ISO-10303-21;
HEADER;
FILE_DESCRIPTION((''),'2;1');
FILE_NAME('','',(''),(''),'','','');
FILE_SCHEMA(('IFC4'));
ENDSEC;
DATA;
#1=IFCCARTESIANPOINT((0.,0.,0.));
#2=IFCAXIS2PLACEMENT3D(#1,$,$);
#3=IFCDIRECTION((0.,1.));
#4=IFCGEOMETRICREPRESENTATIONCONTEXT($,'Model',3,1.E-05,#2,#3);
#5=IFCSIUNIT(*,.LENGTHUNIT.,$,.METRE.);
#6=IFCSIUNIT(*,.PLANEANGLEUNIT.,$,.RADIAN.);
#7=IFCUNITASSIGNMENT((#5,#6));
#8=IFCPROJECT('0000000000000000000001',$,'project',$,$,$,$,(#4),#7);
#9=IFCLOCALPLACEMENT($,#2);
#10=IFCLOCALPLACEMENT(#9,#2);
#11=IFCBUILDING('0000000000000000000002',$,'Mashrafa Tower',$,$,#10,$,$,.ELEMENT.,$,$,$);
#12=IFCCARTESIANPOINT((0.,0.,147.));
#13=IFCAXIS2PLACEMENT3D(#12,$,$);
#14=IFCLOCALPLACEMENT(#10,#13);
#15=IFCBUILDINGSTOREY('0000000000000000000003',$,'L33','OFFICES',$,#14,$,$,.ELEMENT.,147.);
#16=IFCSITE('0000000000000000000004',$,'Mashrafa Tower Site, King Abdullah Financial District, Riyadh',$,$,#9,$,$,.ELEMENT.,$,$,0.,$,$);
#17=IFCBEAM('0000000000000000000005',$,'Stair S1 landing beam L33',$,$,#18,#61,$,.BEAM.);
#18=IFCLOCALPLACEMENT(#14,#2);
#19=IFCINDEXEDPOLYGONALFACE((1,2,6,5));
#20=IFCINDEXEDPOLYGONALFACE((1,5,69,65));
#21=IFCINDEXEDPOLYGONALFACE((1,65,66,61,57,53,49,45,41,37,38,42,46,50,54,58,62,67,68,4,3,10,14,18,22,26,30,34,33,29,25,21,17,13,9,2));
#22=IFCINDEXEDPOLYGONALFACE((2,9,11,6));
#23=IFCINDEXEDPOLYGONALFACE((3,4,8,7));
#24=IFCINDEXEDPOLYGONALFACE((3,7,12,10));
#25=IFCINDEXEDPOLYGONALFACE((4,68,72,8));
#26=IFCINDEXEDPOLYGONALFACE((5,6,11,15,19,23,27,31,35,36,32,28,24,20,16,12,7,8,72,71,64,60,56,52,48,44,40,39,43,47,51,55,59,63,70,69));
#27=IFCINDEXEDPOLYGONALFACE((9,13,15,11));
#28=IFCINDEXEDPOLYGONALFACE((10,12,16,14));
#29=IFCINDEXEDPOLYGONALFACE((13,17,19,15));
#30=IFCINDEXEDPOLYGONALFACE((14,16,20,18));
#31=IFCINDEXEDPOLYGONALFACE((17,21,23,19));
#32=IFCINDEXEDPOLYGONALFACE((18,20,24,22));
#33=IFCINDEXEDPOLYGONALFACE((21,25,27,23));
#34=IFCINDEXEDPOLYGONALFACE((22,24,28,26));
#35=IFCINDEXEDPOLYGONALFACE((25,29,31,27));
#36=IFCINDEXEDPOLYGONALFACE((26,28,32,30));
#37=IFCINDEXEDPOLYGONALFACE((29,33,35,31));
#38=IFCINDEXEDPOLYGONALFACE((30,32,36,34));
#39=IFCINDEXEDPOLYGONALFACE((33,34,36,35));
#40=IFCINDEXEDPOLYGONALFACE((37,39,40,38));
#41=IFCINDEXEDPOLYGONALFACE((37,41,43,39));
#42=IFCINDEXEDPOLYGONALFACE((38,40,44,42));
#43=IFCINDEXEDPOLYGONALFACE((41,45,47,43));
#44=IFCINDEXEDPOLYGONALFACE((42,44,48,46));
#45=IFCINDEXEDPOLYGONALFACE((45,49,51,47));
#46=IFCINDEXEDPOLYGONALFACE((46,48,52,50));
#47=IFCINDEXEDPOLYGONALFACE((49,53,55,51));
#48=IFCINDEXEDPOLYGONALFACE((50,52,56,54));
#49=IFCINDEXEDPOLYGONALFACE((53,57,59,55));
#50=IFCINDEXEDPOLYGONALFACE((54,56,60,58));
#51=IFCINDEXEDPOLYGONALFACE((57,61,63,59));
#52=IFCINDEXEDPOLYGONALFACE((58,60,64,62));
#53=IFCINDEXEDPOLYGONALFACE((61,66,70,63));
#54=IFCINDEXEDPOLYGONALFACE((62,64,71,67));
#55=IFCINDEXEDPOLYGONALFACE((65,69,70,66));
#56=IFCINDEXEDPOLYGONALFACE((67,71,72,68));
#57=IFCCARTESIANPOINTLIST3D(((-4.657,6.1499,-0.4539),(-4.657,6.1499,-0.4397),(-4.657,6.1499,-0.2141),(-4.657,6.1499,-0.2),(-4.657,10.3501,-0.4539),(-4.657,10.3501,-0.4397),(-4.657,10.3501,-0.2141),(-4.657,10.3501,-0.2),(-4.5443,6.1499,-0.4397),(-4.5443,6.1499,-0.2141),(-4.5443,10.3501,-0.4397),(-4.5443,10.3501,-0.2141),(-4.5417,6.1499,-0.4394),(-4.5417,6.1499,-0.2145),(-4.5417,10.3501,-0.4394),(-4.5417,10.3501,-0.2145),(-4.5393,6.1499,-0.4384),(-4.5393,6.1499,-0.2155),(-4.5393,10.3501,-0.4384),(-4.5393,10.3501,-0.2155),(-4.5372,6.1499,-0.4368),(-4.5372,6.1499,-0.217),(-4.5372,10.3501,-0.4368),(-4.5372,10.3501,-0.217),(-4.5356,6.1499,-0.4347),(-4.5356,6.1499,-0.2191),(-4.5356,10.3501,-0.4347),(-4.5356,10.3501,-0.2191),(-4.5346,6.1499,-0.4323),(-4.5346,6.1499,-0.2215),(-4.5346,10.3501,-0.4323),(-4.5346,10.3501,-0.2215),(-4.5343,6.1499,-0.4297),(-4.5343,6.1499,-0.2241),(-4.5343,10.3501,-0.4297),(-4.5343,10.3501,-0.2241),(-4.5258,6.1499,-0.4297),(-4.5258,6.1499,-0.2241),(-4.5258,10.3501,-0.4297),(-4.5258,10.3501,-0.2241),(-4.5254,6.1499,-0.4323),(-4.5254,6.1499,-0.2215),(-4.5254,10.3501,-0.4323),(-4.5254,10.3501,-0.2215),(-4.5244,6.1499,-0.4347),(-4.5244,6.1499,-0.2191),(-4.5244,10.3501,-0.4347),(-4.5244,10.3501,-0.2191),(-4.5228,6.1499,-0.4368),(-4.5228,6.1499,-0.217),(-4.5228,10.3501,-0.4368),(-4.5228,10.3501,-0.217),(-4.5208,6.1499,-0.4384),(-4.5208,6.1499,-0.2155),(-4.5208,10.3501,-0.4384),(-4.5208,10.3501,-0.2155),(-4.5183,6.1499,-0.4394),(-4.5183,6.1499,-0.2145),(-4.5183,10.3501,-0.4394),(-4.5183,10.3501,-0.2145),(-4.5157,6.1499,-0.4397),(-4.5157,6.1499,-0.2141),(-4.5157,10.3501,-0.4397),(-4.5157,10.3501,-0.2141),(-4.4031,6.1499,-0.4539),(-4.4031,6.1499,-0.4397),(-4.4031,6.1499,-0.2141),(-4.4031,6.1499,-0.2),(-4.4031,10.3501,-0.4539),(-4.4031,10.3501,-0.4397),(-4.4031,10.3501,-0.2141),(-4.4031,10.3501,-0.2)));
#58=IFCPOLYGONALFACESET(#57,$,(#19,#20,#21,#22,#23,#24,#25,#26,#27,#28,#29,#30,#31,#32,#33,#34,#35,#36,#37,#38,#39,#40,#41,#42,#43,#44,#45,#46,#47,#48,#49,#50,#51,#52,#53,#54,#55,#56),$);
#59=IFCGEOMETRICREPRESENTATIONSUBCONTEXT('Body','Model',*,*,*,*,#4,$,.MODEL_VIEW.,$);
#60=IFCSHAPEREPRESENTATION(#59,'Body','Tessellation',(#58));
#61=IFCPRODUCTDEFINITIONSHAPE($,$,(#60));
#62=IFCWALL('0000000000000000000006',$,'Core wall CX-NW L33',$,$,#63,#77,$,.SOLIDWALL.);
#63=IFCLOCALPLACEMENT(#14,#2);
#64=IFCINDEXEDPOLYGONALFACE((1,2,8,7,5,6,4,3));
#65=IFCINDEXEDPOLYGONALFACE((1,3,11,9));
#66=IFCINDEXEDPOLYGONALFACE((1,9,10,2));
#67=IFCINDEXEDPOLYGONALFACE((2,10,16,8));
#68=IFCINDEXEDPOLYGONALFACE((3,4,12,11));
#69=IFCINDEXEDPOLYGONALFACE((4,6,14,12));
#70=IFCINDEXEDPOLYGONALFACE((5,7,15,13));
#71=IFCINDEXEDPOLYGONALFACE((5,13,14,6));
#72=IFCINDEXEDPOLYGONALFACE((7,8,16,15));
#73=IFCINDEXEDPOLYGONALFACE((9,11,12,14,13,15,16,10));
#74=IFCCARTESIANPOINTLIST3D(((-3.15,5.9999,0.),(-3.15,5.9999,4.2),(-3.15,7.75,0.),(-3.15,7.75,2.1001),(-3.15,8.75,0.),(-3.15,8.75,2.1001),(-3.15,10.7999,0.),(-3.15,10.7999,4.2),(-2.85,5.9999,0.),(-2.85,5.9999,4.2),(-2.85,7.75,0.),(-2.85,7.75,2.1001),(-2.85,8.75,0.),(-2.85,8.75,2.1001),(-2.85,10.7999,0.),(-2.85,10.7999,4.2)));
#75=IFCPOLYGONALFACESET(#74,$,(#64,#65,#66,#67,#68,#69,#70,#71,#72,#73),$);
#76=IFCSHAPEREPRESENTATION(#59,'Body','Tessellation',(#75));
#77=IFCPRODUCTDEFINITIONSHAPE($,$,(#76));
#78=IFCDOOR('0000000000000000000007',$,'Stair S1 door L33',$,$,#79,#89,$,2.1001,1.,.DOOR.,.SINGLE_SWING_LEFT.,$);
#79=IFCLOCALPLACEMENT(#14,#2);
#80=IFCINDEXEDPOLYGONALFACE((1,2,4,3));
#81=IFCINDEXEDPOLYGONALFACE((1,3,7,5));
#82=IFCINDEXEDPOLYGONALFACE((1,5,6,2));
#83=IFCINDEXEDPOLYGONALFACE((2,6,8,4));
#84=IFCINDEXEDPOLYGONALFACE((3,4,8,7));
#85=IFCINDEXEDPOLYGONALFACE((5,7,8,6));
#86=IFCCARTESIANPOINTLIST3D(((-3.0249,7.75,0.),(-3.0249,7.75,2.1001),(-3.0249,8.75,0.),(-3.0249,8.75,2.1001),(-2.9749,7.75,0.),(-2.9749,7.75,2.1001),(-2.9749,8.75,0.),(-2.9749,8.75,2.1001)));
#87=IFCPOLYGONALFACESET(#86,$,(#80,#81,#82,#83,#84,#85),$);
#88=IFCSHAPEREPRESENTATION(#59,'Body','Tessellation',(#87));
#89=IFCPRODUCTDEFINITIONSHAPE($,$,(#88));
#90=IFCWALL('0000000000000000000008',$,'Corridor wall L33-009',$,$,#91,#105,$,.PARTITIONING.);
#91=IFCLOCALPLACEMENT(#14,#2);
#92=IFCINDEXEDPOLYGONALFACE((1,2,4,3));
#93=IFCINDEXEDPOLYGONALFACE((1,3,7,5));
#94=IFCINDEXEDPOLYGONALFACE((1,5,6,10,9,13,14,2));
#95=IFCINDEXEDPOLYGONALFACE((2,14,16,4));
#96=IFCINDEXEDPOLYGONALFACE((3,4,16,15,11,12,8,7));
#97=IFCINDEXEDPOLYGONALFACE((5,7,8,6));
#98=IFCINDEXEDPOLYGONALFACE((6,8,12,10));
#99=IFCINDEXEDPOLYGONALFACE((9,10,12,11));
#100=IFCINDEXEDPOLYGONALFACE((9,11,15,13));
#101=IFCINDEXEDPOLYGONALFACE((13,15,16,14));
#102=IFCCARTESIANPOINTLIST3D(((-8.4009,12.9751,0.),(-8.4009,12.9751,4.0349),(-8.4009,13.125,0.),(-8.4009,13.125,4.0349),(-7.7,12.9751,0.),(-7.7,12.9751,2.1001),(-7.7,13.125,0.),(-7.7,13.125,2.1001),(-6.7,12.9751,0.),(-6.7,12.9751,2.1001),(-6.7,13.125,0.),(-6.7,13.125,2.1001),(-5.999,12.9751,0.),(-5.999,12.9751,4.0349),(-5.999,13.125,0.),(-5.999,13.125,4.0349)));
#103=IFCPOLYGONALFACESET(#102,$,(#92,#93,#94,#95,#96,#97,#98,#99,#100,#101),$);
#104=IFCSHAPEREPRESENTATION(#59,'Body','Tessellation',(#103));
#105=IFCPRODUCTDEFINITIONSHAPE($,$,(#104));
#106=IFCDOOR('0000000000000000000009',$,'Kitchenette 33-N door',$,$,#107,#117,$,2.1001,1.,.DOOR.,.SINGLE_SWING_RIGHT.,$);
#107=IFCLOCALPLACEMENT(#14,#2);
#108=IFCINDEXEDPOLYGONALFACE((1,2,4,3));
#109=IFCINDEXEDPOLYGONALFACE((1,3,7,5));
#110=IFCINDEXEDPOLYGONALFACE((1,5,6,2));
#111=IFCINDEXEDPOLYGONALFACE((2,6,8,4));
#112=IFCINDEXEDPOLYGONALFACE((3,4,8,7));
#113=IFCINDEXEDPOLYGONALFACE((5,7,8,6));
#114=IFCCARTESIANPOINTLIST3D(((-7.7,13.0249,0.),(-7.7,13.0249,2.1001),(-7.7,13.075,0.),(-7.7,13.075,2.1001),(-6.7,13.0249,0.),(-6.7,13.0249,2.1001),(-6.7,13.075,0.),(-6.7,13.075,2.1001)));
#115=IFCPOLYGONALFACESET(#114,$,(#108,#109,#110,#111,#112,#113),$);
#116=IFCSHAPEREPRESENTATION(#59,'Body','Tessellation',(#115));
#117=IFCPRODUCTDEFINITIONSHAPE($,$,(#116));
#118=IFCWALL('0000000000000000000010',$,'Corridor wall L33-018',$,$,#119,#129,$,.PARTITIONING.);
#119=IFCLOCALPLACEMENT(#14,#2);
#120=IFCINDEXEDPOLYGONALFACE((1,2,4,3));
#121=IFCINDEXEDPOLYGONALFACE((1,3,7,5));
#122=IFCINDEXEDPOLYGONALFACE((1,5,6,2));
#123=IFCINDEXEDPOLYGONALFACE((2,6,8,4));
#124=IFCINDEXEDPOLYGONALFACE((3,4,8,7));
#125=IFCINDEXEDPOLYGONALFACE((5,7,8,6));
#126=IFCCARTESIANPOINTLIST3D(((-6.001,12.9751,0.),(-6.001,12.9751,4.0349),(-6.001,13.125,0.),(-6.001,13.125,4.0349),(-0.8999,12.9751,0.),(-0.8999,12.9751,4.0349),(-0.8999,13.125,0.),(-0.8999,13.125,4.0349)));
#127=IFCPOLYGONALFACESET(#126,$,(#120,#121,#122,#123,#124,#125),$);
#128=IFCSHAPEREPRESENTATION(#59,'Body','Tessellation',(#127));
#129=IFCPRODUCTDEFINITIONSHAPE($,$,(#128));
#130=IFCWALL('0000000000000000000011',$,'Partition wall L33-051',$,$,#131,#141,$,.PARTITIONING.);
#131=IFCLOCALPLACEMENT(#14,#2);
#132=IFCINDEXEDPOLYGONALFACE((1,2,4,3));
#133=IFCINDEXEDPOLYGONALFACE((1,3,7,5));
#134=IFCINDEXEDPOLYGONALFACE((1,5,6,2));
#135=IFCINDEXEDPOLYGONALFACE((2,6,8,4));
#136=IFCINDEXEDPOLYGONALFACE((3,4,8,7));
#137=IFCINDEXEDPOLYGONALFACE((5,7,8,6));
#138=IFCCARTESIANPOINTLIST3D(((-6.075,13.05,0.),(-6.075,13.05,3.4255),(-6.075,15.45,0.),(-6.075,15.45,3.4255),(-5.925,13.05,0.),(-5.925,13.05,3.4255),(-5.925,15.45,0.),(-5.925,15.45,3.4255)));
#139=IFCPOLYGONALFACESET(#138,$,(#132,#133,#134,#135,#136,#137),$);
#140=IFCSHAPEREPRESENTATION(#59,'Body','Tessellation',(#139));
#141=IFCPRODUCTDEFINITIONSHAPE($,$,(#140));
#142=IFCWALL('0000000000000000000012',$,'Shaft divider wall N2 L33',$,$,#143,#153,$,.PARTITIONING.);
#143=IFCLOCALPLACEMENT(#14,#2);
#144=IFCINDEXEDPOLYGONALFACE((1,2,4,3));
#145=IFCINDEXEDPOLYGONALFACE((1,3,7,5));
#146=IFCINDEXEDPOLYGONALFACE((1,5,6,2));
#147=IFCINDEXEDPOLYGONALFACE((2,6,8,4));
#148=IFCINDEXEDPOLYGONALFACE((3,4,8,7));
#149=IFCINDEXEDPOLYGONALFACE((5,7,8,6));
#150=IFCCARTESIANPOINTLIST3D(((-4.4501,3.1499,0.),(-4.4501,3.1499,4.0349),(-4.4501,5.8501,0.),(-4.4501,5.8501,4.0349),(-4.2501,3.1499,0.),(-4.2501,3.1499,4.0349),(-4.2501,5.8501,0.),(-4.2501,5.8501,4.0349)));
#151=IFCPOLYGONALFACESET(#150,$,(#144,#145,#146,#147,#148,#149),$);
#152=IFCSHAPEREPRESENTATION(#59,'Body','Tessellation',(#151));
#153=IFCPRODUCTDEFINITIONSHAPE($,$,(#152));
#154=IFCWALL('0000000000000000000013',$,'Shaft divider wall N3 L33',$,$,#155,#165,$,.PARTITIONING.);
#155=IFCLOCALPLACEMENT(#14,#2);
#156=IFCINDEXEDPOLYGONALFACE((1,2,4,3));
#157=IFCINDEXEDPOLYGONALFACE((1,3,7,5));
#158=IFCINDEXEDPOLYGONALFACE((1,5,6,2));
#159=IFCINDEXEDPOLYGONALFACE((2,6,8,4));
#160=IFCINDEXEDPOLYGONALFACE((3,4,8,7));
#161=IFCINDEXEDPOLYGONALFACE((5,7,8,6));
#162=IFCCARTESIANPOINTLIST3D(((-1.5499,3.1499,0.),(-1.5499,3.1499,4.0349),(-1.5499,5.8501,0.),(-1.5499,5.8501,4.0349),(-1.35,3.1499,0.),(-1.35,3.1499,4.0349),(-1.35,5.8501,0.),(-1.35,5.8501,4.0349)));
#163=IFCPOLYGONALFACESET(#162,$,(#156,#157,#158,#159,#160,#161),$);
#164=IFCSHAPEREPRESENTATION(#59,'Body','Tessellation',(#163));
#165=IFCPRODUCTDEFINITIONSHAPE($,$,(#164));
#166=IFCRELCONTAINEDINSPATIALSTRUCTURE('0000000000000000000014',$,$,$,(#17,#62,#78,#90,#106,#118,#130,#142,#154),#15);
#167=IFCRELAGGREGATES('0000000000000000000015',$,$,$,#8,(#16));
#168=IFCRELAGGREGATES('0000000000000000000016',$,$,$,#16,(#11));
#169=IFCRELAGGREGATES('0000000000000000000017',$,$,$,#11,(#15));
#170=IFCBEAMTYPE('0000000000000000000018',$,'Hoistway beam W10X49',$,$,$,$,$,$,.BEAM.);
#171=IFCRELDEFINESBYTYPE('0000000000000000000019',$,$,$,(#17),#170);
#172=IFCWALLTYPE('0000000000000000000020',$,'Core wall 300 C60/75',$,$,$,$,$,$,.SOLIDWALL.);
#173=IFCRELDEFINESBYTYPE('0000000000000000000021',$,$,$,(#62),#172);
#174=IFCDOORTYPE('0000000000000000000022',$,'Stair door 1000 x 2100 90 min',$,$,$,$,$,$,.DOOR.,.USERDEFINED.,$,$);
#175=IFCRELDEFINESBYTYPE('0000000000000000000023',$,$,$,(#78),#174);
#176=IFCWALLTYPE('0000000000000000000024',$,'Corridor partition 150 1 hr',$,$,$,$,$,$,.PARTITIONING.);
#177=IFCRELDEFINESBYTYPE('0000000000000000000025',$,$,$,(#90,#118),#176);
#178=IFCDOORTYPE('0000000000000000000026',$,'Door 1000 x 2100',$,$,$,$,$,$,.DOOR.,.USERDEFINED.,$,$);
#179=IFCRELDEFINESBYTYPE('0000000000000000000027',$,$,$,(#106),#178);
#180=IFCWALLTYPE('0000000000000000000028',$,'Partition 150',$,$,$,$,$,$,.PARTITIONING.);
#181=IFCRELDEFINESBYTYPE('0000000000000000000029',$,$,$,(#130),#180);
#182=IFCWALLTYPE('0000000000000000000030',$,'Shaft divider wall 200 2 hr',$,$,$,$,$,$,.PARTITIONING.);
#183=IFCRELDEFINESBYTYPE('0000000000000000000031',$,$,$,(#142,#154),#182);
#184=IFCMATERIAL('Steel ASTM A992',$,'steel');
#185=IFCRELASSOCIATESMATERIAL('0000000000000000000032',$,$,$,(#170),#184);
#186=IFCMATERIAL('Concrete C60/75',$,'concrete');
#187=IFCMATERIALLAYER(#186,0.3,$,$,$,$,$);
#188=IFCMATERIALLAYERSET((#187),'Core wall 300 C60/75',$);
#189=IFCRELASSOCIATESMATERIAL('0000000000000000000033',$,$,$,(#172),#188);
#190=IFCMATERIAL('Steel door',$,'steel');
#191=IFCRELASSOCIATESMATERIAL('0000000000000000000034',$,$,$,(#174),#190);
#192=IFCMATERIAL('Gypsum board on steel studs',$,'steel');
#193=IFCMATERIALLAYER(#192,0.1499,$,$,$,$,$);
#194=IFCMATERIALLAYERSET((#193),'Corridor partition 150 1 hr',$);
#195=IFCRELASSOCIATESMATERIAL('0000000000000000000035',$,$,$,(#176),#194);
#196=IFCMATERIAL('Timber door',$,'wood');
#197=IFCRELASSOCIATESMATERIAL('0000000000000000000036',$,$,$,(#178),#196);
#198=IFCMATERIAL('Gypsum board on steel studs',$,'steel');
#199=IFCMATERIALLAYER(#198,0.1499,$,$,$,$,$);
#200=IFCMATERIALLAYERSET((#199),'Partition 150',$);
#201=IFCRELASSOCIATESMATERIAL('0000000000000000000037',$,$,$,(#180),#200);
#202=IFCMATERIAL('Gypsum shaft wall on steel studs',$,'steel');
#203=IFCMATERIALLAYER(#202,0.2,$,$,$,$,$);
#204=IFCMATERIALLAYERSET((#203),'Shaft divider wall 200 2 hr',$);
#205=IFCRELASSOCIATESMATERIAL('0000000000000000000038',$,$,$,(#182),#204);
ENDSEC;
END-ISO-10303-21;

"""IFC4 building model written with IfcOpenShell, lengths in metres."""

from ifc_helpers import new_model, si_unit, direction, frame, frame_2d, origin, origin_2d, place, context, subcontext, project, spatial, rectangle, i_section, extrude, material, layer, layer_set, material_profile, profile_set, type_object, element, fill, save


model = new_model("IFC4")

# Units and contexts
model_context = context("Model", 3, precision=1e-05, world=origin(), true_north=direction((0.0, 1.0)))
body_context = subcontext(model_context, "Body", "Model", "MODEL_VIEW")
ifc_project = project(units=[si_unit("LENGTHUNIT", "METRE"), si_unit("PLANEANGLEUNIT", "RADIAN")], contexts=[model_context])

# Site, building, storey
site_placement = place(None, origin())
site = spatial("IfcSite", under=ifc_project, at=site_placement, Name="Mashrafa Tower Site, King Abdullah Financial District, Riyadh", CompositionType="ELEMENT", RefElevation=0.0)
building_placement = place(site_placement, origin())
building = spatial("IfcBuilding", under=site, at=building_placement, Name="Mashrafa Tower", CompositionType="ELEMENT")
storey_placement = place(building_placement, frame((0.0, 0.0, 147.0)))
storey = spatial("IfcBuildingStorey", under=building, at=storey_placement, Name="L33", Description="OFFICES", CompositionType="ELEMENT", Elevation=147.0)

# Beam
ifc_material_1 = material(Name="Steel ASTM A992", Category="steel")
ifc_material_profile = material_profile(ifc_material_1, i_section(OverallWidth=0.2539, OverallDepth=0.2539, WebThickness=0.0085, FlangeThickness=0.0142, FilletRadius=0.01, at=origin_2d()), Name="W10X49")
ifc_profile_set = profile_set([ifc_material_profile], Name="Steel ASTM A992")
beam_type = type_object("IfcBeamType", Name="Hoistway beam W10X49", PredefinedType="BEAM", material=ifc_profile_set)
beam_placement = place(storey_placement, frame((-4.53, 6.1499, -0.3269), z_axis=(0.0, 1.0, 0.0), x_axis=(-1.0, 0.0, 0.0)))
element("IfcBeam", 1, at=beam_placement, inside=storey, type_object=beam_type, Name="Stair S1 landing beam L33", PredefinedType="BEAM", context=body_context, shape_type="SweptSolid", body=[
    extrude(i_section(OverallWidth=0.2539, OverallDepth=0.2539, WebThickness=0.0085, FlangeThickness=0.0142, FilletRadius=0.01, at=origin_2d()), origin(), (0.0, 0.0, 1.0), 4.2002),
])

# Walls, openings, doors
ifc_material_2 = material(Name="Concrete C60/75", Category="concrete")
ifc_layer_1 = layer(ifc_material_2, 0.3)
ifc_layer_set_1 = layer_set([ifc_layer_1], Name="Core wall 300 C60/75")
wall_type_1 = type_object("IfcWallType", Name="Core wall 300 C60/75", PredefinedType="SOLIDWALL", material=ifc_layer_set_1)
wall_1_placement = place(storey_placement, frame((-3.0, 6.0, 0.0), z_axis=(0.0, 0.0, 1.0), x_axis=(0.0, 1.0, 0.0)))
wall_1 = element("IfcWall", 2, at=wall_1_placement, inside=storey, type_object=wall_type_1, Name="Core wall CX-NW L33", PredefinedType="SOLIDWALL", context=body_context, shape_type="SweptSolid", body=[
    extrude(rectangle(XDim=4.8, YDim=0.3, at=frame_2d((2.3999, 0.0))), origin(), (0.0, 0.0, 1.0), 4.2),
])
opening_1_placement = place(wall_1_placement, frame((1.75, 0.0, 0.0)))
opening_1 = element("IfcOpeningElement", 3, at=opening_1_placement, cuts=wall_1, PredefinedType="OPENING", context=body_context, shape_type="SweptSolid", body=[
    extrude(rectangle(XDim=1.0, YDim=2.1001, at=frame_2d((0.5, 1.05))), frame((0.0, 0.1599, 0.0), z_axis=(0.0, -1.0, 0.0), x_axis=(1.0, 0.0, 0.0)), (0.0, 0.0, 1.0), 0.3201),
])
ifc_material_3 = material(Name="Steel door", Category="steel")
door_type_1 = type_object("IfcDoorType", Name="Stair door 1000 x 2100 90 min", OperationType="USERDEFINED", PredefinedType="DOOR", material=ifc_material_3)
door_1_placement = place(opening_1_placement, origin())
door_1 = element("IfcDoor", 4, at=door_1_placement, inside=storey, type_object=door_type_1, Name="Stair S1 door L33", OperationType="SINGLE_SWING_LEFT", OverallHeight=2.1001, OverallWidth=1.0, PredefinedType="DOOR", context=body_context, shape_type="SweptSolid", body=[
    extrude(rectangle(XDim=1.0, YDim=2.1001, at=frame_2d((0.5, 1.05))), frame((0.0, 0.0249, 0.0), z_axis=(0.0, -1.0, 0.0), x_axis=(1.0, 0.0, 0.0)), (0.0, 0.0, 1.0), 0.05),
])
fill(opening_1, door_1)
ifc_material_4 = material(Name="Gypsum board on steel studs", Category="steel")
ifc_layer_2 = layer(ifc_material_4, 0.1499)
ifc_layer_set_2 = layer_set([ifc_layer_2], Name="Corridor partition 150 1 hr")
wall_type_2 = type_object("IfcWallType", Name="Corridor partition 150 1 hr", PredefinedType="PARTITIONING", material=ifc_layer_set_2)
wall_2_placement = place(storey_placement, frame((-5.999, 13.05, 0.0), z_axis=(0.0, 0.0, 1.0), x_axis=(-1.0, 0.0, 0.0)))
wall_2 = element("IfcWall", 5, at=wall_2_placement, inside=storey, type_object=wall_type_2, Name="Corridor wall L33-009", PredefinedType="PARTITIONING", context=body_context, shape_type="SweptSolid", body=[
    extrude(rectangle(XDim=2.4019, YDim=0.1499, at=frame_2d((1.2009, 0.0))), origin(), (0.0, 0.0, 1.0), 4.0349),
])
opening_2_placement = place(wall_2_placement, frame((0.7009, 0.0, 0.0)))
opening_2 = element("IfcOpeningElement", 6, at=opening_2_placement, cuts=wall_2, PredefinedType="OPENING", context=body_context, shape_type="SweptSolid", body=[
    extrude(rectangle(XDim=1.0, YDim=2.1001, at=frame_2d((0.5, 1.05))), frame((0.0, 0.085, 0.0), z_axis=(0.0, -1.0, 0.0), x_axis=(1.0, 0.0, 0.0)), (0.0, 0.0, 1.0), 0.1699),
])
ifc_material_5 = material(Name="Timber door", Category="wood")
door_type_2 = type_object("IfcDoorType", Name="Door 1000 x 2100", OperationType="USERDEFINED", PredefinedType="DOOR", material=ifc_material_5)
door_2_placement = place(opening_2_placement, frame((1.0, 0.0, 0.0), z_axis=(0.0, 0.0, 1.0), x_axis=(-1.0, 0.0, 0.0)))
door_2 = element("IfcDoor", 7, at=door_2_placement, inside=storey, type_object=door_type_2, Name="Kitchenette 33-N door", OperationType="SINGLE_SWING_RIGHT", OverallHeight=2.1001, OverallWidth=1.0, PredefinedType="DOOR", context=body_context, shape_type="SweptSolid", body=[
    extrude(rectangle(XDim=1.0, YDim=2.1001, at=frame_2d((0.5, 1.05))), frame((0.0, 0.0249, 0.0), z_axis=(0.0, -1.0, 0.0), x_axis=(1.0, 0.0, 0.0)), (0.0, 0.0, 1.0), 0.05),
])
fill(opening_2, door_2)

# Walls
wall_3_placement = place(storey_placement, frame((-0.8999, 13.05, 0.0), z_axis=(0.0, 0.0, 1.0), x_axis=(-1.0, 0.0, 0.0)))
element("IfcWall", 8, at=wall_3_placement, inside=storey, type_object=wall_type_2, Name="Corridor wall L33-018", PredefinedType="PARTITIONING", context=body_context, shape_type="SweptSolid", body=[
    extrude(rectangle(XDim=5.1011, YDim=0.1499, at=frame_2d((2.5505, 0.0))), origin(), (0.0, 0.0, 1.0), 4.0349),
])
ifc_material_6 = material(Name="Gypsum board on steel studs", Category="steel")
ifc_layer_3 = layer(ifc_material_6, 0.1499)
ifc_layer_set_3 = layer_set([ifc_layer_3], Name="Partition 150")
wall_type_3 = type_object("IfcWallType", Name="Partition 150", PredefinedType="PARTITIONING", material=ifc_layer_set_3)
wall_4_placement = place(storey_placement, frame((-6.0, 13.05, 0.0), z_axis=(0.0, 0.0, 1.0), x_axis=(0.0, 1.0, 0.0)))
element("IfcWall", 9, at=wall_4_placement, inside=storey, type_object=wall_type_3, Name="Partition wall L33-051", PredefinedType="PARTITIONING", context=body_context, shape_type="SweptSolid", body=[
    extrude(rectangle(XDim=2.3999, YDim=0.1499, at=frame_2d((1.2, 0.0))), origin(), (0.0, 0.0, 1.0), 3.4255),
])
ifc_material_7 = material(Name="Gypsum shaft wall on steel studs", Category="steel")
ifc_layer_4 = layer(ifc_material_7, 0.2)
ifc_layer_set_4 = layer_set([ifc_layer_4], Name="Shaft divider wall 200 2 hr")
wall_type_4 = type_object("IfcWallType", Name="Shaft divider wall 200 2 hr", PredefinedType="PARTITIONING", material=ifc_layer_set_4)
for number, where, z_axis, x_axis, name in (
    (10, (-4.3501, 3.1499, 0.0), (0.0, 0.0, 1.0), (0.0, 1.0, 0.0), "Shaft divider wall N2 L33"),
    (11, (-1.45, 3.1499, 0.0), (0.0, 0.0, 1.0), (0.0, 1.0, 0.0), "Shaft divider wall N3 L33"),
):
    element("IfcWall", number, at=place(storey_placement, frame(where, z_axis=z_axis, x_axis=x_axis)), inside=storey, type_object=wall_type_4, Name=name, PredefinedType="PARTITIONING", context=body_context, shape_type="SweptSolid", body=[
        extrude(rectangle(XDim=2.7002, YDim=0.2, at=frame_2d((1.3501, 0.0))), origin(), (0.0, 0.0, 1.0), 4.0349),
    ])

save(model, "model.ifc")
